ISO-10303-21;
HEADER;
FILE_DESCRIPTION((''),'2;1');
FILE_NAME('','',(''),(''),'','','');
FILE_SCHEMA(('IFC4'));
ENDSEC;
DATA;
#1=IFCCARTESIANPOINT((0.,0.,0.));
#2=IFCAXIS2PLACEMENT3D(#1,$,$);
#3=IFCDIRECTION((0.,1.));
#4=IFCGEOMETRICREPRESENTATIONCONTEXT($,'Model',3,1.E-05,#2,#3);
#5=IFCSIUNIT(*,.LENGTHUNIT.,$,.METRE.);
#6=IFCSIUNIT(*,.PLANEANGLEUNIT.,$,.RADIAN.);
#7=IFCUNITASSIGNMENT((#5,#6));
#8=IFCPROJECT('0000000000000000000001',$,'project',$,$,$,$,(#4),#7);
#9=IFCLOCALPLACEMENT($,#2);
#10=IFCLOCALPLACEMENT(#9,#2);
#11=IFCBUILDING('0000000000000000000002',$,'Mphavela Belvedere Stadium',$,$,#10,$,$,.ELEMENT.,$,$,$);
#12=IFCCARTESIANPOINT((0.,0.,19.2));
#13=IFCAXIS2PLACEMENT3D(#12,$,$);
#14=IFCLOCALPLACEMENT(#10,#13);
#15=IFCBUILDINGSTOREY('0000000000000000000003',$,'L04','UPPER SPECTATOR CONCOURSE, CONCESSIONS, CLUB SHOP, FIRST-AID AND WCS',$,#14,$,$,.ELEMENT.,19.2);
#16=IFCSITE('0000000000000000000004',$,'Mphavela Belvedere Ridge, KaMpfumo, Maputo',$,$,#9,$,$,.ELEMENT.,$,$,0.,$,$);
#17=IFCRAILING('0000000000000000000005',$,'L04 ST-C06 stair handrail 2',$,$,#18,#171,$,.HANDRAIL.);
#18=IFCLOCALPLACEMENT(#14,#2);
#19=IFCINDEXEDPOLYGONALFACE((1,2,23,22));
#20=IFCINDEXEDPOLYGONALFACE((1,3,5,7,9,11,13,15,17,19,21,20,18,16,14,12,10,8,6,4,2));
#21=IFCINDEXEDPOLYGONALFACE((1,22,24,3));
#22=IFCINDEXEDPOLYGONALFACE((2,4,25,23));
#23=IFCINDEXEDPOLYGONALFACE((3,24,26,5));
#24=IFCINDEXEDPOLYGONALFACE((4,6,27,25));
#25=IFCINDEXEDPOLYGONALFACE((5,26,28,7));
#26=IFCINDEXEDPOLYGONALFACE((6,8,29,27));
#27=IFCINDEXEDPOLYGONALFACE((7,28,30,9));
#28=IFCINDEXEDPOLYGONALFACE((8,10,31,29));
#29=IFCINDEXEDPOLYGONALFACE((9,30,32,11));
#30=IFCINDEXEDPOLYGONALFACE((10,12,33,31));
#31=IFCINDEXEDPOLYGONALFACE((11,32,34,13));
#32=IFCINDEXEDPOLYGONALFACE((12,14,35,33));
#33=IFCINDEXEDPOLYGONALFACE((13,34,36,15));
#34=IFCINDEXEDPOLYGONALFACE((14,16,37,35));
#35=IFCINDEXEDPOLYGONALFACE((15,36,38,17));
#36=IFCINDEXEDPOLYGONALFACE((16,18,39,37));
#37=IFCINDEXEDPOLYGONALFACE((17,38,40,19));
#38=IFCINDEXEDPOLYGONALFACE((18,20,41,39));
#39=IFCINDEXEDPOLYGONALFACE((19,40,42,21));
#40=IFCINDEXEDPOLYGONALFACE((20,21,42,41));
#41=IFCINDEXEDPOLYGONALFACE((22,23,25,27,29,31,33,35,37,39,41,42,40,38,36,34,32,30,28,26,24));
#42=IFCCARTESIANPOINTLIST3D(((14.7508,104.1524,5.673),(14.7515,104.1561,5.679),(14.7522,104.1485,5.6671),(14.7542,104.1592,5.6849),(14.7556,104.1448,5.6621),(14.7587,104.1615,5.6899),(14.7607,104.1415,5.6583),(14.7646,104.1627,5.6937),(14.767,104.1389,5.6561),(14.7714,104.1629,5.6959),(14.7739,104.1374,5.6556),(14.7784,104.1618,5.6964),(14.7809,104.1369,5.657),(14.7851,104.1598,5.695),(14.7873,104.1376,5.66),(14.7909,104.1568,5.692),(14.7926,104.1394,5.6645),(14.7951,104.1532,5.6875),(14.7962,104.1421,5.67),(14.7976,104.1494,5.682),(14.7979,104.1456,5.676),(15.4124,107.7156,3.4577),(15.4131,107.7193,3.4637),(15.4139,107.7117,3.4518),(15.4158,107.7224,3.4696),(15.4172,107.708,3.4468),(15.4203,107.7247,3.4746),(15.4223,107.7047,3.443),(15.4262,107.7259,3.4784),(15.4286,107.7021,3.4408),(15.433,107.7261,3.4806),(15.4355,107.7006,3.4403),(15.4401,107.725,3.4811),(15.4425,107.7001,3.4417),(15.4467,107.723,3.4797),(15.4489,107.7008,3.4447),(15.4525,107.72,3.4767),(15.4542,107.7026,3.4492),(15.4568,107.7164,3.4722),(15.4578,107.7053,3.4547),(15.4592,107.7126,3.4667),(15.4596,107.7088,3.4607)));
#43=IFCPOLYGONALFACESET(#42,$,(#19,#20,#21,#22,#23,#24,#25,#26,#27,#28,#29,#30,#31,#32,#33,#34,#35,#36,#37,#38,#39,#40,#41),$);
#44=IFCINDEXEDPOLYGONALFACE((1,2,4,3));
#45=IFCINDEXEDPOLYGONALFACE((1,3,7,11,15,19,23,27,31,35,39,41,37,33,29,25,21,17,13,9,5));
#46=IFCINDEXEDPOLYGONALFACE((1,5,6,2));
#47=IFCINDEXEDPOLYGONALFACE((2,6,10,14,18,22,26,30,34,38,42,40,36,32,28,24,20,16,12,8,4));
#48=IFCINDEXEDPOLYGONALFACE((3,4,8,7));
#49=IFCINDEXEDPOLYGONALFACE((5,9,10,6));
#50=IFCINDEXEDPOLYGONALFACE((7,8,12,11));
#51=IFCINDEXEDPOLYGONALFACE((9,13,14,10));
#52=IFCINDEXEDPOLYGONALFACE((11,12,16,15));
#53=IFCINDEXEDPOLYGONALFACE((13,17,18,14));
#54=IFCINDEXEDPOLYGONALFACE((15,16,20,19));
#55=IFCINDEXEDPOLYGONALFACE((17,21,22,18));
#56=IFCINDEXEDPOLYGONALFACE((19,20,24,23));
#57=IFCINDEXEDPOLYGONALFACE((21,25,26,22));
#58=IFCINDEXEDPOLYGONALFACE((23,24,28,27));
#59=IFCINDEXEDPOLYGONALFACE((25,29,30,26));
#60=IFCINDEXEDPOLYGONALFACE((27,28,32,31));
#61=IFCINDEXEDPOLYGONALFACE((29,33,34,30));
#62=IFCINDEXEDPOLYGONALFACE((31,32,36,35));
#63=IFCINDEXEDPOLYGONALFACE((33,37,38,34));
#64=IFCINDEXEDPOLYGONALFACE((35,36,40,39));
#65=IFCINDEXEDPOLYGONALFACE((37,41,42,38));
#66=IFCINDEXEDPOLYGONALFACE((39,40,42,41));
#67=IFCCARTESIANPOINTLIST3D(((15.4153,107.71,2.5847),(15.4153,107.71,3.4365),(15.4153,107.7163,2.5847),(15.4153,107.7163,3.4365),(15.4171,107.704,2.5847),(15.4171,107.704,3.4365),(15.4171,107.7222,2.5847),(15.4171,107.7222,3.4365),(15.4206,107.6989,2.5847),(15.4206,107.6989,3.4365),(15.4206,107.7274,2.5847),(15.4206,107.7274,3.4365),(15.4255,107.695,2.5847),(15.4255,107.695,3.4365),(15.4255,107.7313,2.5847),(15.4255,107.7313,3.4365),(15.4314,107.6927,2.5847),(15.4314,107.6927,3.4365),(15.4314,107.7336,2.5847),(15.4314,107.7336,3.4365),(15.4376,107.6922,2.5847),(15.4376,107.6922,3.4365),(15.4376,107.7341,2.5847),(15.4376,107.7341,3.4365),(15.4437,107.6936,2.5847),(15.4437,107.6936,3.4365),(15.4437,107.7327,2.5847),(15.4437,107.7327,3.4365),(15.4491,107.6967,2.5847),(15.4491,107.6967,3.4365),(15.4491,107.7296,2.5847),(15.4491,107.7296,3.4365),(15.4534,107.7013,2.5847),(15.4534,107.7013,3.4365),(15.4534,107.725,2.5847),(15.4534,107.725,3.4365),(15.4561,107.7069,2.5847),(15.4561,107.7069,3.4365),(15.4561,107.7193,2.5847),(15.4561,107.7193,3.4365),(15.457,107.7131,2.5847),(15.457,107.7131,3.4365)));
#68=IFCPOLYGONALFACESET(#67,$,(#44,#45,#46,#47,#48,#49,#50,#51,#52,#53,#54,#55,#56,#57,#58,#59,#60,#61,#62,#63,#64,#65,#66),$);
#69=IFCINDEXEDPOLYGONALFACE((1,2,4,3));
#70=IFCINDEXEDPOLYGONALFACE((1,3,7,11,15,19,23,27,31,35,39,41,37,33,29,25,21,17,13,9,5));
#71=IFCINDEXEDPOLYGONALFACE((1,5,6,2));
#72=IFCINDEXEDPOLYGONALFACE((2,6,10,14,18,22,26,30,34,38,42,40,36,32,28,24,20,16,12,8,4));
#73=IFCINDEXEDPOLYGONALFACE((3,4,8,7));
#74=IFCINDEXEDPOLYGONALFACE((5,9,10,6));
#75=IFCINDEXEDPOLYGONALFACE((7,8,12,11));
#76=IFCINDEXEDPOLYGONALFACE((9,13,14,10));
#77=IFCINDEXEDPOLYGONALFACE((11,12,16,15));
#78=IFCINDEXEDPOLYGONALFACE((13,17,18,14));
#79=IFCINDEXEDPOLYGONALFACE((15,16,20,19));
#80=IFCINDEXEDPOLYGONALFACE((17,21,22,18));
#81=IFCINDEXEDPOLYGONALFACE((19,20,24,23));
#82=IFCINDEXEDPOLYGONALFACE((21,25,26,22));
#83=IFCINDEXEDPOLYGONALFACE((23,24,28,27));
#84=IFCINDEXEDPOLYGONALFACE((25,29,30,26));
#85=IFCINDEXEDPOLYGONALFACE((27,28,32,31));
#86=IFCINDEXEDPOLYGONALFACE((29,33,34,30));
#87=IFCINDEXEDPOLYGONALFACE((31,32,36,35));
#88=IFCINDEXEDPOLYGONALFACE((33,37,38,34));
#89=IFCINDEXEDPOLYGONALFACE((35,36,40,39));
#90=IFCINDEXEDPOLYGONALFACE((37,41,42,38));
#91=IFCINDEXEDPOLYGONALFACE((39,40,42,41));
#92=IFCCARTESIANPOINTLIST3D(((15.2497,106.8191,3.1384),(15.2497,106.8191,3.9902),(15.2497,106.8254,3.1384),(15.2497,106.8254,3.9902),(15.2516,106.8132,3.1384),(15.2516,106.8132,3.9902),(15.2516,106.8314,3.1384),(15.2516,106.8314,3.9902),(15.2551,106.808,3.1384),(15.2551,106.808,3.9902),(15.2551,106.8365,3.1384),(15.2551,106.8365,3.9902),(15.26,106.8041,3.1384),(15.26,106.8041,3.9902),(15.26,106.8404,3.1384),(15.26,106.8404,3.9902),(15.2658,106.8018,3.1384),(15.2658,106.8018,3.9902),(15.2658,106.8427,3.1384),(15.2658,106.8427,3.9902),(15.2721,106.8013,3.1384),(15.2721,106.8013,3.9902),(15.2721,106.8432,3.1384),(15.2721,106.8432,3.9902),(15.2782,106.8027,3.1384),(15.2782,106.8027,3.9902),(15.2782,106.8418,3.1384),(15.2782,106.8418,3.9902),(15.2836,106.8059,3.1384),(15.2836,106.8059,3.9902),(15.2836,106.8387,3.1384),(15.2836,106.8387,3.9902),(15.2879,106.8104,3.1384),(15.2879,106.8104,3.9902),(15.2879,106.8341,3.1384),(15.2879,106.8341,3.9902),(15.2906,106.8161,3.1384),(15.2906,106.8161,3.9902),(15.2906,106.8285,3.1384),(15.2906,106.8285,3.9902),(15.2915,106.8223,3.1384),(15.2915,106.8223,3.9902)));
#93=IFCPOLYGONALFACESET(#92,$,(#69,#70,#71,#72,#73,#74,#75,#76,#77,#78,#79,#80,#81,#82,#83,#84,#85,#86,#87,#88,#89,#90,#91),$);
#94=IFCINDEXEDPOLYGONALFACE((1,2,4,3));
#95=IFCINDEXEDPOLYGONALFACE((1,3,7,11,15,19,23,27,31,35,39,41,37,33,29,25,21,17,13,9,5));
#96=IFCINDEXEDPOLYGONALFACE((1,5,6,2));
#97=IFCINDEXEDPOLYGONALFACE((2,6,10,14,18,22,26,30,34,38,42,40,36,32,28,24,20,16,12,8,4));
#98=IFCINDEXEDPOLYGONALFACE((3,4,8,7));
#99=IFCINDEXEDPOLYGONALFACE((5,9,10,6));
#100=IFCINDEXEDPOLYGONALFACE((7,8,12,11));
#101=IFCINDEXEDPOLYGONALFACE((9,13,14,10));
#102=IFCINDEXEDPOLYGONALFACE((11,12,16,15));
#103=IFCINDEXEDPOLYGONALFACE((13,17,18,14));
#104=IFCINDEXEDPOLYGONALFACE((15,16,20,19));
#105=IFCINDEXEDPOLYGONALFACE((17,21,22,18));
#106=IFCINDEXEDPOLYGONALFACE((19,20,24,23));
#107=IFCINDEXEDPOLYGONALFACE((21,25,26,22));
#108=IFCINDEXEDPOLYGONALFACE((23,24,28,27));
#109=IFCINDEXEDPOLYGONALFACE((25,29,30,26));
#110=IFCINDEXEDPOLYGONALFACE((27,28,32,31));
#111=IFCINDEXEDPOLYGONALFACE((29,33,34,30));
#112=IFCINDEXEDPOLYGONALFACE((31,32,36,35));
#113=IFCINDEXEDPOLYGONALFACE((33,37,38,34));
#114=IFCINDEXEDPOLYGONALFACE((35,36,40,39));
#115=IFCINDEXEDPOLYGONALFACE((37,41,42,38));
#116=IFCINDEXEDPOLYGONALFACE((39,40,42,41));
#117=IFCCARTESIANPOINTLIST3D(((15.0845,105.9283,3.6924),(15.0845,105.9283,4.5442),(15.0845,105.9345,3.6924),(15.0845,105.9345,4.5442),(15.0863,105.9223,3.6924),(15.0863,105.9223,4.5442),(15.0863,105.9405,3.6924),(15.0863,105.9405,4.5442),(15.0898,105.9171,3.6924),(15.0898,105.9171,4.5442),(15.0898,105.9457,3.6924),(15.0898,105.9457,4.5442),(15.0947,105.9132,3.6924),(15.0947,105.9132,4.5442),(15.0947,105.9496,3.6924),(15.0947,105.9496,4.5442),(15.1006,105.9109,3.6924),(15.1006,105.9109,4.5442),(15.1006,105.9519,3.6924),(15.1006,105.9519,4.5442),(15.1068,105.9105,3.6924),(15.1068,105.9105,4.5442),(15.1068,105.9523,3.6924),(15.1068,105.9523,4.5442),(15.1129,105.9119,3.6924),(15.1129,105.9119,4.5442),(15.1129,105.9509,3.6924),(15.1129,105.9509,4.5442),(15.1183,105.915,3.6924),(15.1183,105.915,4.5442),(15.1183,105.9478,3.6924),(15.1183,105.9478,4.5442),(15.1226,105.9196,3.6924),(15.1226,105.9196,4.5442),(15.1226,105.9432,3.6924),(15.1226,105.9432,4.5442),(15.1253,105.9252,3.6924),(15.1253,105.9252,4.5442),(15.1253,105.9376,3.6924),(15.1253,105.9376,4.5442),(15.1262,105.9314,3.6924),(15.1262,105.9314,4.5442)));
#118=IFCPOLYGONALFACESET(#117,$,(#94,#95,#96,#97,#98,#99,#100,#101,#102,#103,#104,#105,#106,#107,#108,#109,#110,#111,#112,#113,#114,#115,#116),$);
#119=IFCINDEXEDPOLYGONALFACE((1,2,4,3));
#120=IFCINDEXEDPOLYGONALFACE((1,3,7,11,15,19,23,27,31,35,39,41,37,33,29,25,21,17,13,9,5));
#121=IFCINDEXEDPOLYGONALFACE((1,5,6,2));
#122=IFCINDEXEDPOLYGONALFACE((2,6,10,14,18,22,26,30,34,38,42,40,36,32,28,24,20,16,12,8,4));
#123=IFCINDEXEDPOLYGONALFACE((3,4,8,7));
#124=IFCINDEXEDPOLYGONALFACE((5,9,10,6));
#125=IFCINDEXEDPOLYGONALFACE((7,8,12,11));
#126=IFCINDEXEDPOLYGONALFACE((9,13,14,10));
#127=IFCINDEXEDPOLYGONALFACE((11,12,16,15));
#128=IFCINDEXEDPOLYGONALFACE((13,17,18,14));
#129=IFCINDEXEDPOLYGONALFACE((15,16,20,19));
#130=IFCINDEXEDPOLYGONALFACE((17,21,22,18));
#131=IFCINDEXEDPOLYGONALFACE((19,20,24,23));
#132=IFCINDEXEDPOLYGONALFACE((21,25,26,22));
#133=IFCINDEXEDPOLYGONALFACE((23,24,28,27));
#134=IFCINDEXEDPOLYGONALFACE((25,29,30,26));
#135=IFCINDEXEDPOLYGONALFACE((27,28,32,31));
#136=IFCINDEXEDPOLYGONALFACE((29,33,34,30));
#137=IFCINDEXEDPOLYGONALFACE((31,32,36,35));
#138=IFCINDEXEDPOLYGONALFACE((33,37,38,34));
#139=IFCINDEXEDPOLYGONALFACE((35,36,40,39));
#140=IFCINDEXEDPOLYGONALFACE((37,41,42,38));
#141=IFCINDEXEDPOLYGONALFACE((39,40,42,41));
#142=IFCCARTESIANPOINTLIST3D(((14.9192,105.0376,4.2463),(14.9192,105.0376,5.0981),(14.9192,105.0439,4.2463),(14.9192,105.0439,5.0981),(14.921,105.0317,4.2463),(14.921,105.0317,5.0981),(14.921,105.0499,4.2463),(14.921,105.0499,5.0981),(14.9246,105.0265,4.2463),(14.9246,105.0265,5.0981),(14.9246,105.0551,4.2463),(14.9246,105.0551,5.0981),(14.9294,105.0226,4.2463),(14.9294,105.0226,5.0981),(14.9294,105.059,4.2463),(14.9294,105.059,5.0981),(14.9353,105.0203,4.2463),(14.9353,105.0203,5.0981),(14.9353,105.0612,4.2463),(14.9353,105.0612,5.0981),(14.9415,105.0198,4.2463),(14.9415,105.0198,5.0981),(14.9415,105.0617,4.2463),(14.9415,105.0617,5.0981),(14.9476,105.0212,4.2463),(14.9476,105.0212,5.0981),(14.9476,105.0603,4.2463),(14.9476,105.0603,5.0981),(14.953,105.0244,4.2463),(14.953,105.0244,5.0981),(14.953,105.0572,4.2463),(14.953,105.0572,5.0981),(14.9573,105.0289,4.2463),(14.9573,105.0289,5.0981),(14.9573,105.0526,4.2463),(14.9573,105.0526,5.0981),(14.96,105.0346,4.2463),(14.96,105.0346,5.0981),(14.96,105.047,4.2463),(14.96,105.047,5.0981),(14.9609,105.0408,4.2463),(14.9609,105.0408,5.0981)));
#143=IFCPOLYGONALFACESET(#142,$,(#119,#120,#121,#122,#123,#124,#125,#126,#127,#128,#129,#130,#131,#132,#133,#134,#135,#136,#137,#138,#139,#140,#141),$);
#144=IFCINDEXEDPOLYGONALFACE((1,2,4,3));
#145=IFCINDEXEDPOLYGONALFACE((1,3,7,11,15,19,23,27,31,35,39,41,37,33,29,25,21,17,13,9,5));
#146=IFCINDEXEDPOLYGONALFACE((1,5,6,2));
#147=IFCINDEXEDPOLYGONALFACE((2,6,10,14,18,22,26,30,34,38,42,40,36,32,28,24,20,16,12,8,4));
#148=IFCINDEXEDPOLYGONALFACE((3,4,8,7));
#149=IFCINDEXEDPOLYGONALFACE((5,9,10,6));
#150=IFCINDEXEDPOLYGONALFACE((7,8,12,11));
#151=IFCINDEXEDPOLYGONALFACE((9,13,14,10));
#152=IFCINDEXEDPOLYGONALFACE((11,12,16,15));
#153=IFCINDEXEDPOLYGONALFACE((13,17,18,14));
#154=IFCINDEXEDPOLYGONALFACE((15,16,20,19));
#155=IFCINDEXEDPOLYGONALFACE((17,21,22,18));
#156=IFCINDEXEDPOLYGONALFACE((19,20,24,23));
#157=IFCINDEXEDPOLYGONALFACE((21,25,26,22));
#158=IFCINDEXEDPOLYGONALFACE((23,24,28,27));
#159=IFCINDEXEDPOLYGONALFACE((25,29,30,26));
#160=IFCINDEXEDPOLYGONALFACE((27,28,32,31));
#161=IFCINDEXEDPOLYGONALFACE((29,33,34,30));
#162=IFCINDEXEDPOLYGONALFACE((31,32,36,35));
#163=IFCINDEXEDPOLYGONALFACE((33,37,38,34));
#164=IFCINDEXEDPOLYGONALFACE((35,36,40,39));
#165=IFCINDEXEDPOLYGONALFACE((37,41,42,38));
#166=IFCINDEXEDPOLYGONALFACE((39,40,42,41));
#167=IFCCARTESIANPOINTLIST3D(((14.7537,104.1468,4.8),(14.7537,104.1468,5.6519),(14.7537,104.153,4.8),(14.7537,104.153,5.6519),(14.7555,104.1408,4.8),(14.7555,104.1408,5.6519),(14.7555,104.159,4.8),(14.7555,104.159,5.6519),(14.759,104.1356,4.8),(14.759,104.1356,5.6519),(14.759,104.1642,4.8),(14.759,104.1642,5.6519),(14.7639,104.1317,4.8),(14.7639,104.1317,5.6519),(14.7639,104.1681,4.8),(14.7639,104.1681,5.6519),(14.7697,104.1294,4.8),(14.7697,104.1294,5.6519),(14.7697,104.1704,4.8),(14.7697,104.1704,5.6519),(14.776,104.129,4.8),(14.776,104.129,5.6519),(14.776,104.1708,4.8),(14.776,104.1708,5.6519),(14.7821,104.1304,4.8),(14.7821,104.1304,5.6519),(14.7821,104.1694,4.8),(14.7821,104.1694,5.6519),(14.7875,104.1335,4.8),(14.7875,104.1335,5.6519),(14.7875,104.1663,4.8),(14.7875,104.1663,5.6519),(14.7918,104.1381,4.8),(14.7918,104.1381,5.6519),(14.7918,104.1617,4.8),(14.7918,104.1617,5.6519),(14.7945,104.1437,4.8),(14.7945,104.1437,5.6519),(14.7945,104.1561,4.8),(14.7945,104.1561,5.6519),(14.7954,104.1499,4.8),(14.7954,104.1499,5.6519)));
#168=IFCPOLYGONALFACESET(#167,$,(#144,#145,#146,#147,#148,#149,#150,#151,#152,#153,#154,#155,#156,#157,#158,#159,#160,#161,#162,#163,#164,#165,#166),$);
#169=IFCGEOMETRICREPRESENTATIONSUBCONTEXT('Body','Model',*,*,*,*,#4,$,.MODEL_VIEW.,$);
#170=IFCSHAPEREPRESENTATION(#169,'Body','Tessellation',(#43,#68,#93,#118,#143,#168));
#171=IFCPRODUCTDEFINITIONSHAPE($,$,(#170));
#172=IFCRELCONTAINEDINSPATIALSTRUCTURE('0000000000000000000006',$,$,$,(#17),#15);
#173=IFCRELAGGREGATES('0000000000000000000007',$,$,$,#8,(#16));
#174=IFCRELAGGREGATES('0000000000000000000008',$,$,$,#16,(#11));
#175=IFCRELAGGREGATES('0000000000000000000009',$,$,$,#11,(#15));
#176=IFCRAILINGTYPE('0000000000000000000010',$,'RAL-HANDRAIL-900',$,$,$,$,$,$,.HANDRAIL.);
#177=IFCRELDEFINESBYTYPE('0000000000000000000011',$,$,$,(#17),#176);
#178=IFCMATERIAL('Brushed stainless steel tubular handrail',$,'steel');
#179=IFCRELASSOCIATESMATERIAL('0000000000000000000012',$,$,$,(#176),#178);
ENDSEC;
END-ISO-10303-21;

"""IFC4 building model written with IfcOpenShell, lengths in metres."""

from ifc_helpers import new_model, si_unit, direction, frame, origin, origin_2d, place, context, subcontext, project, spatial, circle, extrude, material, type_object, element, save


model = new_model("IFC4")

# Units and contexts
model_context = context("Model", 3, precision=1e-05, world=origin(), true_north=direction((0.0, 1.0)))
body_context = subcontext(model_context, "Body", "Model", "MODEL_VIEW")
ifc_project = project(units=[si_unit("LENGTHUNIT", "METRE"), si_unit("PLANEANGLEUNIT", "RADIAN")], contexts=[model_context])

# Site, building, storey
site_placement = place(None, origin())
site = spatial("IfcSite", under=ifc_project, at=site_placement, Name="Mphavela Belvedere Ridge, KaMpfumo, Maputo", CompositionType="ELEMENT", RefElevation=0.0)
building_placement = place(site_placement, origin())
building = spatial("IfcBuilding", under=site, at=building_placement, Name="Mphavela Belvedere Stadium", CompositionType="ELEMENT")
storey_placement = place(building_placement, frame((0.0, 0.0, 19.2)))
storey = spatial("IfcBuildingStorey", under=building, at=storey_placement, Name="L04", Description="UPPER SPECTATOR CONCOURSE, CONCESSIONS, CLUB SHOP, FIRST-AID AND WCS", CompositionType="ELEMENT", Elevation=19.2)

# Railing
ifc_material_1 = material(Name="Brushed stainless steel tubular handrail", Category="steel")
railing_type_1 = type_object("IfcRailingType", Name="RAL-HANDRAIL-900", PredefinedType="HANDRAIL", material=ifc_material_1)
railing_1_placement = place(storey_placement, frame((15.436, 107.7131, 2.5847)))
element("IfcRailing", 1, at=railing_1_placement, inside=storey, type_object=railing_type_1, Name="L04 ST-C06 stair handrail 2", PredefinedType="HANDRAIL", context=body_context, shape_type="SweptSolid", body=[
    extrude(circle(Radius=0.0239, at=origin_2d()), frame((0.0, 0.0, 0.876), z_axis=(-0.155764, -0.838882, 0.52155), x_axis=(0.983195, -0.18256, 0.0)), (0.0, 0.0, 1.0), 4.2476),
    extrude(circle(Radius=0.021, at=origin_2d()), origin(), (0.0, 0.0, 1.0), 0.8518),
    extrude(circle(Radius=0.021, at=origin_2d()), frame((-0.1655, -0.8909, 0.5537)), (0.0, 0.0, 1.0), 0.8518),
    extrude(circle(Radius=0.021, at=origin_2d()), frame((-0.3308, -1.7817, 1.1077)), (0.0, 0.0, 1.0), 0.8518),
    extrude(circle(Radius=0.021, at=origin_2d()), frame((-0.4961, -2.6724, 1.6616)), (0.0, 0.0, 1.0), 0.8518),
    extrude(circle(Radius=0.021, at=origin_2d()), frame((-0.6616, -3.5632, 2.2153)), (0.0, 0.0, 1.0), 0.8518),
])

save(model, "model.ifc")
